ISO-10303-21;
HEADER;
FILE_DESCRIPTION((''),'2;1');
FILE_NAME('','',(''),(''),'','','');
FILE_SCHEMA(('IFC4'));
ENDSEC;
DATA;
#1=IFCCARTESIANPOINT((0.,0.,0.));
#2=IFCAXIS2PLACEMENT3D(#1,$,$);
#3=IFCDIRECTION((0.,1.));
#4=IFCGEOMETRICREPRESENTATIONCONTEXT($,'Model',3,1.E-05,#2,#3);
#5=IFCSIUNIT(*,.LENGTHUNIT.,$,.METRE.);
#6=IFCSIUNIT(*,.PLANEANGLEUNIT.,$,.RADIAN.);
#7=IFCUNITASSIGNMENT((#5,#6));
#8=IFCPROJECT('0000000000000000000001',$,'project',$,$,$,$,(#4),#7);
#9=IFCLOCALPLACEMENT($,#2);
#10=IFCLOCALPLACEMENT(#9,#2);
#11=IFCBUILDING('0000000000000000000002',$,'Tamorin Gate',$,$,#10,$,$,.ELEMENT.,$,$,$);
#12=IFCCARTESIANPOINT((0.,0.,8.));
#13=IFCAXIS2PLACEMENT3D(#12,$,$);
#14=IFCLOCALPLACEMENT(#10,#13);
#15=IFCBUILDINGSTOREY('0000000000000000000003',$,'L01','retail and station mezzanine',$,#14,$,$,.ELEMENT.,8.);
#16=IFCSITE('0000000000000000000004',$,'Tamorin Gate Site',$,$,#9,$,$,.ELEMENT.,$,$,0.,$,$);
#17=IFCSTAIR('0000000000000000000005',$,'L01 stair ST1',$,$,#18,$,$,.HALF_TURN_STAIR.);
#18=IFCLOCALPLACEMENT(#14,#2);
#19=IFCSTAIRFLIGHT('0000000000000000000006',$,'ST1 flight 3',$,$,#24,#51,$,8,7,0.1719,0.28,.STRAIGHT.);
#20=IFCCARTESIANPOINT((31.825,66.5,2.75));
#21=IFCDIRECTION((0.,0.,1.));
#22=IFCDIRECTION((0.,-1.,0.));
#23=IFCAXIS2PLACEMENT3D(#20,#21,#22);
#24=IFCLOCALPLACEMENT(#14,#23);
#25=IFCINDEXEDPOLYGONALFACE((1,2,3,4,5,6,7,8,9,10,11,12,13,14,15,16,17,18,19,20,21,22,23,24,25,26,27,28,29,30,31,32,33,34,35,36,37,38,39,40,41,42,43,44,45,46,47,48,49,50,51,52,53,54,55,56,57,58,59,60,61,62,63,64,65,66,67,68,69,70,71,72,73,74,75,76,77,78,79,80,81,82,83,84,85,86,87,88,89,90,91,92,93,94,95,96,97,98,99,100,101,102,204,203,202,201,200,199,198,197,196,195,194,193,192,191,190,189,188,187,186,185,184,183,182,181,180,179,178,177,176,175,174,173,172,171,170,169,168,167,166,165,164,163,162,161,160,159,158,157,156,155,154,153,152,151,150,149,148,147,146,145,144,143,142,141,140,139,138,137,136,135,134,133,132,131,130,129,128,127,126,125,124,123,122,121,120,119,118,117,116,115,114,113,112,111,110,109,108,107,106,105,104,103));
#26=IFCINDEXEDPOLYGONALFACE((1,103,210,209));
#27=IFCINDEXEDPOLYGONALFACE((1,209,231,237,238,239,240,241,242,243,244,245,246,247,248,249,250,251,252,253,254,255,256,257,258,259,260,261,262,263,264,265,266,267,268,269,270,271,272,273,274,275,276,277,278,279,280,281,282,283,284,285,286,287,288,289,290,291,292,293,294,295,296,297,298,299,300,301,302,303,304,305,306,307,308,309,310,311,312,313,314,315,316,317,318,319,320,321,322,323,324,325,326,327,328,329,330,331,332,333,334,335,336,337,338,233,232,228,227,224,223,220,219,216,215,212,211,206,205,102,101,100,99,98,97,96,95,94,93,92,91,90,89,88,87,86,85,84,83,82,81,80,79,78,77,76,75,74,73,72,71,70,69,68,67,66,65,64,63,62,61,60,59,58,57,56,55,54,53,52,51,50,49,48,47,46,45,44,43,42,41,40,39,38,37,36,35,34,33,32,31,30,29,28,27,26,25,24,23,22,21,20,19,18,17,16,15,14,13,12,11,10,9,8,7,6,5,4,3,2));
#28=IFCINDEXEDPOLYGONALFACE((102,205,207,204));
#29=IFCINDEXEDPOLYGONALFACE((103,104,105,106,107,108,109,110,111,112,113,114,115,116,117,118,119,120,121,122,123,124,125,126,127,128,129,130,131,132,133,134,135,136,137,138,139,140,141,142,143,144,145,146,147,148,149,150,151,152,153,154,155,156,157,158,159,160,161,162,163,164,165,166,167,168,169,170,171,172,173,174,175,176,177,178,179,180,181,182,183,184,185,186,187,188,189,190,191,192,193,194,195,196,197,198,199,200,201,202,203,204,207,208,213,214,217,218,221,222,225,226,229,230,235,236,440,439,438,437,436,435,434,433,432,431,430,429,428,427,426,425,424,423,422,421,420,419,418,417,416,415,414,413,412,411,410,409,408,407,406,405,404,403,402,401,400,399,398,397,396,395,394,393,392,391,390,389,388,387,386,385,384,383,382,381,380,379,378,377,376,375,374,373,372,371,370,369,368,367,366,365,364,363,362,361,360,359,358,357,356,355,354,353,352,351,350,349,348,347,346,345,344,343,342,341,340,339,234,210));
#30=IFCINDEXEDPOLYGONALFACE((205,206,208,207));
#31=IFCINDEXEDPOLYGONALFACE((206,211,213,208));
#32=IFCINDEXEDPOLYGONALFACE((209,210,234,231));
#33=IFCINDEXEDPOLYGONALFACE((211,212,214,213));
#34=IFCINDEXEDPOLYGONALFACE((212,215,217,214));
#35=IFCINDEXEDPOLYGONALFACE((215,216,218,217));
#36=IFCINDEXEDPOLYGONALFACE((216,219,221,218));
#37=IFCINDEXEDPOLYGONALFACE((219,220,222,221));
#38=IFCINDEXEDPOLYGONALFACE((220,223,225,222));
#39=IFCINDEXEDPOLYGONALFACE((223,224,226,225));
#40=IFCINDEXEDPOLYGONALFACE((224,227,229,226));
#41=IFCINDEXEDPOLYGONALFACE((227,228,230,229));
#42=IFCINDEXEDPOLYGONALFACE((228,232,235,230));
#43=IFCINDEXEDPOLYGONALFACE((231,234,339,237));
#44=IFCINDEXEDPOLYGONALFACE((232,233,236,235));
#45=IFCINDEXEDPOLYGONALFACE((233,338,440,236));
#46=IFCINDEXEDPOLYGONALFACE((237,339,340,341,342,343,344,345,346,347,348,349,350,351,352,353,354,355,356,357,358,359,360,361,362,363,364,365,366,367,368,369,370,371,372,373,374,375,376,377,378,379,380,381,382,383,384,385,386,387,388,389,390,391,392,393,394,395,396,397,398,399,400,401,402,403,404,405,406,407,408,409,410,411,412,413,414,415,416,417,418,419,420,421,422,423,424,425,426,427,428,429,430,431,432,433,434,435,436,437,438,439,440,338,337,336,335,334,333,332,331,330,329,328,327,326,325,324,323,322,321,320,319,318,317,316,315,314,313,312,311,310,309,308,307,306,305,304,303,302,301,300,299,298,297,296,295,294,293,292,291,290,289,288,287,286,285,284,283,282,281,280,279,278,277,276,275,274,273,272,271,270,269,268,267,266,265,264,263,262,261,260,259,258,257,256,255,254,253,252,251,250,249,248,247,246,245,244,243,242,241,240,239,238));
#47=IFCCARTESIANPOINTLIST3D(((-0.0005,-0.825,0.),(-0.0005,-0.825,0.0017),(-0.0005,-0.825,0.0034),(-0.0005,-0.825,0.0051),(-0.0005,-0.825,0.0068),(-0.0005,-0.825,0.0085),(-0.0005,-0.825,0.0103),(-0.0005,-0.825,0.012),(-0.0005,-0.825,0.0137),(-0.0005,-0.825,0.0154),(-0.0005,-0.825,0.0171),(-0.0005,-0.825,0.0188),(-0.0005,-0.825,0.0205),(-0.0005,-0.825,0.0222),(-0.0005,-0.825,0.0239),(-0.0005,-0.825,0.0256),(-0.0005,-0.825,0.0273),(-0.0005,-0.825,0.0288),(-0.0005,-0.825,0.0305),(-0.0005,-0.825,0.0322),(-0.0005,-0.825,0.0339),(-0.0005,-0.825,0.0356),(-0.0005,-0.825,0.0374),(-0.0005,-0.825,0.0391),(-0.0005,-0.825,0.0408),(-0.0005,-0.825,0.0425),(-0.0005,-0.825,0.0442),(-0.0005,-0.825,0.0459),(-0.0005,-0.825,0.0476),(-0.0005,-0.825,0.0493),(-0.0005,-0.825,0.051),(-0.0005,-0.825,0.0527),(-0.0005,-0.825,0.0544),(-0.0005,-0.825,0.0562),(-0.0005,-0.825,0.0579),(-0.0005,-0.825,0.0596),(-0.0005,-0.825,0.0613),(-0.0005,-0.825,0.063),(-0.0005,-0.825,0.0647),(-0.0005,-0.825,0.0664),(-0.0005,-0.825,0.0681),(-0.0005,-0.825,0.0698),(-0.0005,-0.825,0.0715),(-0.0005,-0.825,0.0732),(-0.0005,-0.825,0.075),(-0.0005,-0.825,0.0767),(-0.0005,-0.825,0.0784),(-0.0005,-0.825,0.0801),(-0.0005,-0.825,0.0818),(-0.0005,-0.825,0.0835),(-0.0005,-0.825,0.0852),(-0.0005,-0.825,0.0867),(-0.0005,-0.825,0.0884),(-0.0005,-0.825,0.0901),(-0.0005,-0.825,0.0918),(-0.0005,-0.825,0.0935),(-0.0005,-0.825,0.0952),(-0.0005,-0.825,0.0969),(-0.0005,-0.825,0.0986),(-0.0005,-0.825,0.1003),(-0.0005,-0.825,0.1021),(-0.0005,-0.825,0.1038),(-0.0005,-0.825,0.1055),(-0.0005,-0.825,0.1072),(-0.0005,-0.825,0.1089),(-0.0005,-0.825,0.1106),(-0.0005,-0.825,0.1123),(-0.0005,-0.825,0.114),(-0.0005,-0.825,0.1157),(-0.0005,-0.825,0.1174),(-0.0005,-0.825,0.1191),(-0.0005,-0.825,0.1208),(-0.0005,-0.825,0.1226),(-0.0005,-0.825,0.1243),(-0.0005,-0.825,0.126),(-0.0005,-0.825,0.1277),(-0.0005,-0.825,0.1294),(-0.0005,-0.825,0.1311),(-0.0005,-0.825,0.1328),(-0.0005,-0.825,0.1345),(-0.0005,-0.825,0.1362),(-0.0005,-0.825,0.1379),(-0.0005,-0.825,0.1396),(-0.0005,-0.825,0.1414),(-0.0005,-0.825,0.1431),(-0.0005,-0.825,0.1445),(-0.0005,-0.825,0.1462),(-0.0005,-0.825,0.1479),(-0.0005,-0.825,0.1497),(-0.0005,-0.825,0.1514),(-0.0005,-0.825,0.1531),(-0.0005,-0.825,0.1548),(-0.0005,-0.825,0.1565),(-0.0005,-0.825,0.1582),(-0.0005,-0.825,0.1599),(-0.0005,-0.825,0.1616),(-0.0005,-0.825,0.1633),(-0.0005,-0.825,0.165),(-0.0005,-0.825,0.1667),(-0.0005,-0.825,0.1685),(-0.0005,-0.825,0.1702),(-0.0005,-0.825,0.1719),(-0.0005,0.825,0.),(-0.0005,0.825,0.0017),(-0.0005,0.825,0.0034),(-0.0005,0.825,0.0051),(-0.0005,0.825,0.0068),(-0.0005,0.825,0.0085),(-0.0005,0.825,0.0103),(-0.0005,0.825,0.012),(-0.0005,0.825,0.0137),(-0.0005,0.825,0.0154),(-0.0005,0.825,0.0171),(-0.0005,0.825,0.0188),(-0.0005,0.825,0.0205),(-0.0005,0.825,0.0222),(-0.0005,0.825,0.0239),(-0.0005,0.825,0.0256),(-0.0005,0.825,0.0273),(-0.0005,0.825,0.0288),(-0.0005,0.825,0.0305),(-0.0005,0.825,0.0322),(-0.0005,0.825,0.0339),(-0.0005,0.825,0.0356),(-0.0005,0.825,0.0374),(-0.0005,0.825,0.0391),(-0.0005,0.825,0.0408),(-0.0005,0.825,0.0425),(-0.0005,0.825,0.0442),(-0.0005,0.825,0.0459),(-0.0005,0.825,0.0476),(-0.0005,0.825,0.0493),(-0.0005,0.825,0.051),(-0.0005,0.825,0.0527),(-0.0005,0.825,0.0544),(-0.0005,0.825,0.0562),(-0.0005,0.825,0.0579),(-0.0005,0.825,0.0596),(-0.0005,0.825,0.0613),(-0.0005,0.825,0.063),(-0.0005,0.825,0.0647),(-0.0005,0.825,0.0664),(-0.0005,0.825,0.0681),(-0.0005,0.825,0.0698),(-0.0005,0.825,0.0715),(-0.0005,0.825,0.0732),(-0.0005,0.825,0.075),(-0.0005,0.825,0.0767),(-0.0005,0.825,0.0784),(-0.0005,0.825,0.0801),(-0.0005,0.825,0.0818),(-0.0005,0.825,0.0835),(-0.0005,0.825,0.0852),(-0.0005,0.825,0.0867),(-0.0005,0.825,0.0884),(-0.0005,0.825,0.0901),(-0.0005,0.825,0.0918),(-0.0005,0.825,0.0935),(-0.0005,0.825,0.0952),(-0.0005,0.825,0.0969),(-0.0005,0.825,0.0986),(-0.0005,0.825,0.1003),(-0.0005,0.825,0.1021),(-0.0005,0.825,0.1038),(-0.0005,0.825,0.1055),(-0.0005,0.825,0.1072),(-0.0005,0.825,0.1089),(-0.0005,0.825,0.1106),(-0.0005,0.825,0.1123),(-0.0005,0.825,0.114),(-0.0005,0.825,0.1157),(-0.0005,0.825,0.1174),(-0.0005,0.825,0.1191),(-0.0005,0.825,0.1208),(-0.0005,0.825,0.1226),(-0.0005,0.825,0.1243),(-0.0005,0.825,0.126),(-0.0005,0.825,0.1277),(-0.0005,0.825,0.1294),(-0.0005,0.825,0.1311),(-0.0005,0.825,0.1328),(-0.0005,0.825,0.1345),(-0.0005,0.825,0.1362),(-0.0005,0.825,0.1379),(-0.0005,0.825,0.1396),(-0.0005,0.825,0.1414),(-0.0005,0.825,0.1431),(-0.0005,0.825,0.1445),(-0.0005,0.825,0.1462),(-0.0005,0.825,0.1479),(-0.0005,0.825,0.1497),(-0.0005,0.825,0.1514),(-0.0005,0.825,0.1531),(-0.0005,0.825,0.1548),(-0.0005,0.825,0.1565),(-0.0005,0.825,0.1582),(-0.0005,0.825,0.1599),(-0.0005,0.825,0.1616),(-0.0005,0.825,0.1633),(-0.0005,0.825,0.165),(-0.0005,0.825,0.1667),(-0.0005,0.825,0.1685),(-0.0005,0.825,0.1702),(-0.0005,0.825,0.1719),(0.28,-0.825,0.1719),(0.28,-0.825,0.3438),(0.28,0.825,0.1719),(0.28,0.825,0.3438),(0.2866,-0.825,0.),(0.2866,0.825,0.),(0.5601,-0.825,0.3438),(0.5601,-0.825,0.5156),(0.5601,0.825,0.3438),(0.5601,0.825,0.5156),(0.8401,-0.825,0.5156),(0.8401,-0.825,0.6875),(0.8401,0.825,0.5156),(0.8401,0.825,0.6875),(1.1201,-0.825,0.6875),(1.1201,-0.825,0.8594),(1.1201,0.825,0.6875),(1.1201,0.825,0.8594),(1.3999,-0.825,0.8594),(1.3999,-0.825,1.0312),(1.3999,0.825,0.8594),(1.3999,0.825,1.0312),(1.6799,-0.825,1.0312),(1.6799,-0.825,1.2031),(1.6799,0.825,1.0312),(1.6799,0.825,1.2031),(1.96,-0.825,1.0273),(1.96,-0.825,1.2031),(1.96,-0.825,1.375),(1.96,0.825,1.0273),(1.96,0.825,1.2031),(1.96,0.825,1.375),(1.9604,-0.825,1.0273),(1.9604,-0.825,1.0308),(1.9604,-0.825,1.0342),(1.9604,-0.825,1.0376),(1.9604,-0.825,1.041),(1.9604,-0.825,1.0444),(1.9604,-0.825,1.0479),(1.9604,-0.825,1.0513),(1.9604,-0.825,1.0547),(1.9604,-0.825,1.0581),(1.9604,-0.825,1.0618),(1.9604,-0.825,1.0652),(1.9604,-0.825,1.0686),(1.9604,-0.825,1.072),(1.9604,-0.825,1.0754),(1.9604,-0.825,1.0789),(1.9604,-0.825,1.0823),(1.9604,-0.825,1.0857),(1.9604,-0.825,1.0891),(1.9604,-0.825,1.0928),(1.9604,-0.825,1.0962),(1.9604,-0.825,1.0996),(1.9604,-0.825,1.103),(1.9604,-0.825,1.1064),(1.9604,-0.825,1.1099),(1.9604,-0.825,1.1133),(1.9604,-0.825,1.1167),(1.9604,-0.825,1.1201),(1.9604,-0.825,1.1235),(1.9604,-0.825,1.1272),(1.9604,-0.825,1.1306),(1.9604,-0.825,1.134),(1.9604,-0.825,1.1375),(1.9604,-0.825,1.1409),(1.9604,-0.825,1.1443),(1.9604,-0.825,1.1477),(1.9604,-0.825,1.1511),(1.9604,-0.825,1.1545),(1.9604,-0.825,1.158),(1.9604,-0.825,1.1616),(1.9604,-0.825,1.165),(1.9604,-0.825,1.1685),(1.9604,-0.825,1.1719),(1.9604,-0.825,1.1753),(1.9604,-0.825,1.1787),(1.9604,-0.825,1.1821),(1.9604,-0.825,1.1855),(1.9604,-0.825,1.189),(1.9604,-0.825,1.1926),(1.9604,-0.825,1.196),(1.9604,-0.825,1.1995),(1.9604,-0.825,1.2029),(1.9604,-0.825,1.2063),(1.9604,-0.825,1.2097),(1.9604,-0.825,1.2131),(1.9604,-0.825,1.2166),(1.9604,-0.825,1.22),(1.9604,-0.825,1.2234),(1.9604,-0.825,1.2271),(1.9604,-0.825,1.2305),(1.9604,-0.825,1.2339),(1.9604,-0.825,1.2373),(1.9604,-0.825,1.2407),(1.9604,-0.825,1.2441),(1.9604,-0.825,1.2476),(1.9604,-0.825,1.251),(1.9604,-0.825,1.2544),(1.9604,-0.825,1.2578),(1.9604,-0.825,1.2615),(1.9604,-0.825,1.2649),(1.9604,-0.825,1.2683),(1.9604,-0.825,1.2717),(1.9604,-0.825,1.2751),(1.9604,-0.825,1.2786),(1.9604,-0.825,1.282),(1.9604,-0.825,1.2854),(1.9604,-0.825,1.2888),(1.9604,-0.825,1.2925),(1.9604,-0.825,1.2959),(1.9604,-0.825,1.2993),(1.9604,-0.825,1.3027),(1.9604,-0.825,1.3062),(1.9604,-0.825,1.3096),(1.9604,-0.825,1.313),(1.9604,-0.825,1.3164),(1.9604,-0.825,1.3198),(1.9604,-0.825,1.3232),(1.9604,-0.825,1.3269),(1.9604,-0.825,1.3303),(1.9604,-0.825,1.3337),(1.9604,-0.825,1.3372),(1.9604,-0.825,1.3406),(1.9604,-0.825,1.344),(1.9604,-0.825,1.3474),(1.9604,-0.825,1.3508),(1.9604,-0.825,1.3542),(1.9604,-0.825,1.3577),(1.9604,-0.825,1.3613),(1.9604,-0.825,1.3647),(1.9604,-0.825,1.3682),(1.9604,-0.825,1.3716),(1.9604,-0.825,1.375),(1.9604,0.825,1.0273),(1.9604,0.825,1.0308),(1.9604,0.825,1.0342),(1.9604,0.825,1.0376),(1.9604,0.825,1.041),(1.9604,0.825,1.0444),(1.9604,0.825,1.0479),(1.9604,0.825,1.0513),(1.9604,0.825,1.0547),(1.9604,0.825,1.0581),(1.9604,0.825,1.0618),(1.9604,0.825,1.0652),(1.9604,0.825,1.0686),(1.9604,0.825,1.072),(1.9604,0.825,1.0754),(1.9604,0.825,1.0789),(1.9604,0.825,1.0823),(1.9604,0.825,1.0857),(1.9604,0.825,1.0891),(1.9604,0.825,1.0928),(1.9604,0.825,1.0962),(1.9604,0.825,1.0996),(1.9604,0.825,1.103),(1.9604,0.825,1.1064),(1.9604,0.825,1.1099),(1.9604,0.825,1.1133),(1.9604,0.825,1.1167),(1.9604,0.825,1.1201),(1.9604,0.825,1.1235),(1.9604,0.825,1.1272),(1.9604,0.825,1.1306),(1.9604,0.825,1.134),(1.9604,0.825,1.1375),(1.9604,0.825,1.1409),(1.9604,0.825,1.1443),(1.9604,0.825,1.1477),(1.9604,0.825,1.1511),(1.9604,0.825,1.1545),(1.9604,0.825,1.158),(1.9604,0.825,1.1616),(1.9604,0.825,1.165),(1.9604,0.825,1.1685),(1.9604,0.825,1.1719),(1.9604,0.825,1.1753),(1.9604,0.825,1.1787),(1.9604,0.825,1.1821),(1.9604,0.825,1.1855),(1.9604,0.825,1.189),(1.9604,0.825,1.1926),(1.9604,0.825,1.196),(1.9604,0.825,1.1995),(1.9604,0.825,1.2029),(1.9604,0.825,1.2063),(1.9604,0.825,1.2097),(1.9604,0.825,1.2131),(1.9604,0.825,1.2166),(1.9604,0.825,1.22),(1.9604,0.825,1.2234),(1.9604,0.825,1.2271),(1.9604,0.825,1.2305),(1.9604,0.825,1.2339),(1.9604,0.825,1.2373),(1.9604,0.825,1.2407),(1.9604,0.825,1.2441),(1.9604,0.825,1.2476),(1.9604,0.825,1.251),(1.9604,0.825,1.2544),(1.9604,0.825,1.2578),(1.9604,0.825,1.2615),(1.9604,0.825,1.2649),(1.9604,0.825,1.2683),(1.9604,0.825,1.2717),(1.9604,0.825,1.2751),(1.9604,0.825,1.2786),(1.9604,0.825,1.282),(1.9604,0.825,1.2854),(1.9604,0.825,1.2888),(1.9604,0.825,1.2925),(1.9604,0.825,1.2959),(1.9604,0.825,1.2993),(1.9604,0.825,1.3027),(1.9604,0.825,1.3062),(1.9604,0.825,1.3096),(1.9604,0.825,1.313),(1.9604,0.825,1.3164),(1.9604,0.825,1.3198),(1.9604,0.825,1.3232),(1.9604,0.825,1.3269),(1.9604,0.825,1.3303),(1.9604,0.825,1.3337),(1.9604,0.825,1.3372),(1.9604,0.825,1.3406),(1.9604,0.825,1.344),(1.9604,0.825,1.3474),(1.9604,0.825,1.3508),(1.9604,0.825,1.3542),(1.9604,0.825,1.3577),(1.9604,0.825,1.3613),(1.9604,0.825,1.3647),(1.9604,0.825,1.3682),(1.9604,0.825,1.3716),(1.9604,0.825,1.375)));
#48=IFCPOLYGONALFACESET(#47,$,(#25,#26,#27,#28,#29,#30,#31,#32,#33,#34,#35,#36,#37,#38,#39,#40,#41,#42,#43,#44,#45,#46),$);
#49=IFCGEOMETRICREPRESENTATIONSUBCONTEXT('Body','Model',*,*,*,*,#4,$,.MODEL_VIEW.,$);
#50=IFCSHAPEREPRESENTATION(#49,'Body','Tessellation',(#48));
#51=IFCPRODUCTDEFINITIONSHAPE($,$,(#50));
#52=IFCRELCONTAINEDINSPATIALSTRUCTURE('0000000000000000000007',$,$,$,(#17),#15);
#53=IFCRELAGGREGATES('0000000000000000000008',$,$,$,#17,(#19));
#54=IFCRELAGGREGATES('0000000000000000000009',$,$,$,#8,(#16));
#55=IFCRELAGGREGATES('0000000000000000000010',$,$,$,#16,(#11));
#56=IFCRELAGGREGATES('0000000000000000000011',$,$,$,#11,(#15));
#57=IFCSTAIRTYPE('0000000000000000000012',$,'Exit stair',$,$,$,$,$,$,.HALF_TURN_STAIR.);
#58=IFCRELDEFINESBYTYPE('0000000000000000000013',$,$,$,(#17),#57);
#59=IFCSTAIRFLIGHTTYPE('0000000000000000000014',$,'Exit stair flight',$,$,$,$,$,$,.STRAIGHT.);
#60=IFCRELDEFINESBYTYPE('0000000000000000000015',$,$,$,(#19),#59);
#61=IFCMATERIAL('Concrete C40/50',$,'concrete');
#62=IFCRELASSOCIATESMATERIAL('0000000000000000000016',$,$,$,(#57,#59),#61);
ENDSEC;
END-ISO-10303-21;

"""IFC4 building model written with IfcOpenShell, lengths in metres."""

from ifc_helpers import new_model, si_unit, direction, frame, origin, place, context, subcontext, project, spatial, polyline, outline, extrude, material, type_object, element, aggregate, save


model = new_model("IFC4")

# Units and contexts
model_context = context("Model", 3, precision=1e-05, world=origin(), true_north=direction((0.0, 1.0)))
body_context = subcontext(model_context, "Body", "Model", "MODEL_VIEW")
ifc_project = project(units=[si_unit("LENGTHUNIT", "METRE"), si_unit("PLANEANGLEUNIT", "RADIAN")], contexts=[model_context])

# Site, building, storey
site_placement = place(None, origin())
site = spatial("IfcSite", under=ifc_project, at=site_placement, Name="Tamorin Gate Site", CompositionType="ELEMENT", RefElevation=0.0)
building_placement = place(site_placement, origin())
building = spatial("IfcBuilding", under=site, at=building_placement, Name="Tamorin Gate", CompositionType="ELEMENT")
storey_placement = place(building_placement, frame((0.0, 0.0, 8.0)))
storey = spatial("IfcBuildingStorey", under=building, at=storey_placement, Name="L01", Description="retail and station mezzanine", CompositionType="ELEMENT", Elevation=8.0)

# Shared definitions
ifc_material_1 = material(Name="Concrete C40/50", Category="concrete")

# Stair, stair flight
stair_type = type_object("IfcStairType", Name="Exit stair", PredefinedType="HALF_TURN_STAIR", material=ifc_material_1)
stair_placement = place(storey_placement, origin())
stair = element("IfcStair", 1, at=stair_placement, inside=storey, type_object=stair_type, Name="L01 stair ST1", PredefinedType="HALF_TURN_STAIR")
stair_flight_type = type_object("IfcStairFlightType", Name="Exit stair flight", PredefinedType="STRAIGHT", material=ifc_material_1)
stair_flight_1_placement = place(storey_placement, frame((31.825, 66.5, 2.75), z_axis=(0.0, 0.0, 1.0), x_axis=(0.0, -1.0, 0.0)))
stair_flight_1 = element("IfcStairFlight", 2, at=stair_flight_1_placement, type_object=stair_flight_type, Name="ST1 flight 3", NumberOfRisers=8, NumberOfTreads=7, PredefinedType="STRAIGHT", RiserHeight=0.1719, TreadLength=0.28, context=body_context, shape_type="SweptSolid", body=[
    extrude(outline(polyline([(-0.0005, 0.0), (-0.0005, 0.0017), (-0.0005, 0.0034), (-0.0005, 0.0051), (-0.0005, 0.0068), (-0.0005, 0.0085), (-0.0005, 0.0103), (-0.0005, 0.012), (-0.0005, 0.0137), (-0.0005, 0.0154), (-0.0005, 0.0171), (-0.0005, 0.0188), (-0.0005, 0.0205), (-0.0005, 0.0222), (-0.0005, 0.0239), (-0.0005, 0.0256), (-0.0005, 0.0273), (-0.0005, 0.0288), (-0.0005, 0.0305), (-0.0005, 0.0322), (-0.0005, 0.0339), (-0.0005, 0.0356), (-0.0005, 0.0374), (-0.0005, 0.0391), (-0.0005, 0.0408), (-0.0005, 0.0425), (-0.0005, 0.0442), (-0.0005, 0.0459), (-0.0005, 0.0476), (-0.0005, 0.0493), (-0.0005, 0.051), (-0.0005, 0.0527), (-0.0005, 0.0544), (-0.0005, 0.0562), (-0.0005, 0.0579), (-0.0005, 0.0596), (-0.0005, 0.0613), (-0.0005, 0.063), (-0.0005, 0.0647), (-0.0005, 0.0664), (-0.0005, 0.0681), (-0.0005, 0.0698), (-0.0005, 0.0715), (-0.0005, 0.0732), (-0.0005, 0.075), (-0.0005, 0.0767), (-0.0005, 0.0784), (-0.0005, 0.0801), (-0.0005, 0.0818), (-0.0005, 0.0835), (-0.0005, 0.0852), (-0.0005, 0.0867), (-0.0005, 0.0884), (-0.0005, 0.0901), (-0.0005, 0.0918), (-0.0005, 0.0935), (-0.0005, 0.0952), (-0.0005, 0.0969), (-0.0005, 0.0986), (-0.0005, 0.1003), (-0.0005, 0.1021), (-0.0005, 0.1038), (-0.0005, 0.1055), (-0.0005, 0.1072), (-0.0005, 0.1089), (-0.0005, 0.1106), (-0.0005, 0.1123), (-0.0005, 0.114), (-0.0005, 0.1157), (-0.0005, 0.1174), (-0.0005, 0.1191), (-0.0005, 0.1208), (-0.0005, 0.1226), (-0.0005, 0.1243), (-0.0005, 0.126), (-0.0005, 0.1277), (-0.0005, 0.1294), (-0.0005, 0.1311), (-0.0005, 0.1328), (-0.0005, 0.1345), (-0.0005, 0.1362), (-0.0005, 0.1379), (-0.0005, 0.1396), (-0.0005, 0.1414), (-0.0005, 0.1431), (-0.0005, 0.1445), (-0.0005, 0.1462), (-0.0005, 0.1479), (-0.0005, 0.1497), (-0.0005, 0.1514), (-0.0005, 0.1531), (-0.0005, 0.1548), (-0.0005, 0.1565), (-0.0005, 0.1582), (-0.0005, 0.1599), (-0.0005, 0.1616), (-0.0005, 0.1633), (-0.0005, 0.165), (-0.0005, 0.1667), (-0.0005, 0.1685), (-0.0005, 0.1702), (-0.0005, 0.1719), (0.28, 0.1719), (0.28, 0.3438), (0.5601, 0.3438), (0.5601, 0.5156), (0.8401, 0.5156), (0.8401, 0.6875), (1.1201, 0.6875), (1.1201, 0.8594), (1.3999, 0.8594), (1.3999, 1.0312), (1.6799, 1.0312), (1.6799, 1.2031), (1.96, 1.2031), (1.96, 1.375), (1.9604, 1.375), (1.9604, 1.3716), (1.9604, 1.3682), (1.9604, 1.3647), (1.9604, 1.3613), (1.9604, 1.3577), (1.9604, 1.3542), (1.9604, 1.3508), (1.9604, 1.3474), (1.9604, 1.344), (1.9604, 1.3406), (1.9604, 1.3372), (1.9604, 1.3337), (1.9604, 1.3303), (1.9604, 1.3269), (1.9604, 1.3232), (1.9604, 1.3198), (1.9604, 1.3164), (1.9604, 1.313), (1.9604, 1.3096), (1.9604, 1.3062), (1.9604, 1.3027), (1.9604, 1.2993), (1.9604, 1.2959), (1.9604, 1.2925), (1.9604, 1.2888), (1.9604, 1.2854), (1.9604, 1.282), (1.9604, 1.2786), (1.9604, 1.2751), (1.9604, 1.2717), (1.9604, 1.2683), (1.9604, 1.2649), (1.9604, 1.2615), (1.9604, 1.2578), (1.9604, 1.2544), (1.9604, 1.251), (1.9604, 1.2476), (1.9604, 1.2441), (1.9604, 1.2407), (1.9604, 1.2373), (1.9604, 1.2339), (1.9604, 1.2305), (1.9604, 1.2271), (1.9604, 1.2234), (1.9604, 1.22), (1.9604, 1.2166), (1.9604, 1.2131), (1.9604, 1.2097), (1.9604, 1.2063), (1.9604, 1.2029), (1.9604, 1.1995), (1.9604, 1.196), (1.9604, 1.1926), (1.9604, 1.189), (1.9604, 1.1855), (1.9604, 1.1821), (1.9604, 1.1787), (1.9604, 1.1753), (1.9604, 1.1719), (1.9604, 1.1685), (1.9604, 1.165), (1.9604, 1.1616), (1.9604, 1.158), (1.9604, 1.1545), (1.9604, 1.1511), (1.9604, 1.1477), (1.9604, 1.1443), (1.9604, 1.1409), (1.9604, 1.1375), (1.9604, 1.134), (1.9604, 1.1306), (1.9604, 1.1272), (1.9604, 1.1235), (1.9604, 1.1201), (1.9604, 1.1167), (1.9604, 1.1133), (1.9604, 1.1099), (1.9604, 1.1064), (1.9604, 1.103), (1.9604, 1.0996), (1.9604, 1.0962), (1.9604, 1.0928), (1.9604, 1.0891), (1.9604, 1.0857), (1.9604, 1.0823), (1.9604, 1.0789), (1.9604, 1.0754), (1.9604, 1.072), (1.9604, 1.0686), (1.9604, 1.0652), (1.9604, 1.0618), (1.9604, 1.0581), (1.9604, 1.0547), (1.9604, 1.0513), (1.9604, 1.0479), (1.9604, 1.0444), (1.9604, 1.041), (1.9604, 1.0376), (1.9604, 1.0342), (1.9604, 1.0308), (1.9604, 1.0273), (1.96, 1.0273), (0.2866, 0.0), (-0.0005, 0.0)])), frame((0.0, 0.825, 0.0), z_axis=(0.0, -1.0, 0.0), x_axis=(1.0, 0.0, 0.0)), (0.0, 0.0, 1.0), 1.6499),
])
aggregate(stair, [stair_flight_1])

save(model, "model.ifc")
